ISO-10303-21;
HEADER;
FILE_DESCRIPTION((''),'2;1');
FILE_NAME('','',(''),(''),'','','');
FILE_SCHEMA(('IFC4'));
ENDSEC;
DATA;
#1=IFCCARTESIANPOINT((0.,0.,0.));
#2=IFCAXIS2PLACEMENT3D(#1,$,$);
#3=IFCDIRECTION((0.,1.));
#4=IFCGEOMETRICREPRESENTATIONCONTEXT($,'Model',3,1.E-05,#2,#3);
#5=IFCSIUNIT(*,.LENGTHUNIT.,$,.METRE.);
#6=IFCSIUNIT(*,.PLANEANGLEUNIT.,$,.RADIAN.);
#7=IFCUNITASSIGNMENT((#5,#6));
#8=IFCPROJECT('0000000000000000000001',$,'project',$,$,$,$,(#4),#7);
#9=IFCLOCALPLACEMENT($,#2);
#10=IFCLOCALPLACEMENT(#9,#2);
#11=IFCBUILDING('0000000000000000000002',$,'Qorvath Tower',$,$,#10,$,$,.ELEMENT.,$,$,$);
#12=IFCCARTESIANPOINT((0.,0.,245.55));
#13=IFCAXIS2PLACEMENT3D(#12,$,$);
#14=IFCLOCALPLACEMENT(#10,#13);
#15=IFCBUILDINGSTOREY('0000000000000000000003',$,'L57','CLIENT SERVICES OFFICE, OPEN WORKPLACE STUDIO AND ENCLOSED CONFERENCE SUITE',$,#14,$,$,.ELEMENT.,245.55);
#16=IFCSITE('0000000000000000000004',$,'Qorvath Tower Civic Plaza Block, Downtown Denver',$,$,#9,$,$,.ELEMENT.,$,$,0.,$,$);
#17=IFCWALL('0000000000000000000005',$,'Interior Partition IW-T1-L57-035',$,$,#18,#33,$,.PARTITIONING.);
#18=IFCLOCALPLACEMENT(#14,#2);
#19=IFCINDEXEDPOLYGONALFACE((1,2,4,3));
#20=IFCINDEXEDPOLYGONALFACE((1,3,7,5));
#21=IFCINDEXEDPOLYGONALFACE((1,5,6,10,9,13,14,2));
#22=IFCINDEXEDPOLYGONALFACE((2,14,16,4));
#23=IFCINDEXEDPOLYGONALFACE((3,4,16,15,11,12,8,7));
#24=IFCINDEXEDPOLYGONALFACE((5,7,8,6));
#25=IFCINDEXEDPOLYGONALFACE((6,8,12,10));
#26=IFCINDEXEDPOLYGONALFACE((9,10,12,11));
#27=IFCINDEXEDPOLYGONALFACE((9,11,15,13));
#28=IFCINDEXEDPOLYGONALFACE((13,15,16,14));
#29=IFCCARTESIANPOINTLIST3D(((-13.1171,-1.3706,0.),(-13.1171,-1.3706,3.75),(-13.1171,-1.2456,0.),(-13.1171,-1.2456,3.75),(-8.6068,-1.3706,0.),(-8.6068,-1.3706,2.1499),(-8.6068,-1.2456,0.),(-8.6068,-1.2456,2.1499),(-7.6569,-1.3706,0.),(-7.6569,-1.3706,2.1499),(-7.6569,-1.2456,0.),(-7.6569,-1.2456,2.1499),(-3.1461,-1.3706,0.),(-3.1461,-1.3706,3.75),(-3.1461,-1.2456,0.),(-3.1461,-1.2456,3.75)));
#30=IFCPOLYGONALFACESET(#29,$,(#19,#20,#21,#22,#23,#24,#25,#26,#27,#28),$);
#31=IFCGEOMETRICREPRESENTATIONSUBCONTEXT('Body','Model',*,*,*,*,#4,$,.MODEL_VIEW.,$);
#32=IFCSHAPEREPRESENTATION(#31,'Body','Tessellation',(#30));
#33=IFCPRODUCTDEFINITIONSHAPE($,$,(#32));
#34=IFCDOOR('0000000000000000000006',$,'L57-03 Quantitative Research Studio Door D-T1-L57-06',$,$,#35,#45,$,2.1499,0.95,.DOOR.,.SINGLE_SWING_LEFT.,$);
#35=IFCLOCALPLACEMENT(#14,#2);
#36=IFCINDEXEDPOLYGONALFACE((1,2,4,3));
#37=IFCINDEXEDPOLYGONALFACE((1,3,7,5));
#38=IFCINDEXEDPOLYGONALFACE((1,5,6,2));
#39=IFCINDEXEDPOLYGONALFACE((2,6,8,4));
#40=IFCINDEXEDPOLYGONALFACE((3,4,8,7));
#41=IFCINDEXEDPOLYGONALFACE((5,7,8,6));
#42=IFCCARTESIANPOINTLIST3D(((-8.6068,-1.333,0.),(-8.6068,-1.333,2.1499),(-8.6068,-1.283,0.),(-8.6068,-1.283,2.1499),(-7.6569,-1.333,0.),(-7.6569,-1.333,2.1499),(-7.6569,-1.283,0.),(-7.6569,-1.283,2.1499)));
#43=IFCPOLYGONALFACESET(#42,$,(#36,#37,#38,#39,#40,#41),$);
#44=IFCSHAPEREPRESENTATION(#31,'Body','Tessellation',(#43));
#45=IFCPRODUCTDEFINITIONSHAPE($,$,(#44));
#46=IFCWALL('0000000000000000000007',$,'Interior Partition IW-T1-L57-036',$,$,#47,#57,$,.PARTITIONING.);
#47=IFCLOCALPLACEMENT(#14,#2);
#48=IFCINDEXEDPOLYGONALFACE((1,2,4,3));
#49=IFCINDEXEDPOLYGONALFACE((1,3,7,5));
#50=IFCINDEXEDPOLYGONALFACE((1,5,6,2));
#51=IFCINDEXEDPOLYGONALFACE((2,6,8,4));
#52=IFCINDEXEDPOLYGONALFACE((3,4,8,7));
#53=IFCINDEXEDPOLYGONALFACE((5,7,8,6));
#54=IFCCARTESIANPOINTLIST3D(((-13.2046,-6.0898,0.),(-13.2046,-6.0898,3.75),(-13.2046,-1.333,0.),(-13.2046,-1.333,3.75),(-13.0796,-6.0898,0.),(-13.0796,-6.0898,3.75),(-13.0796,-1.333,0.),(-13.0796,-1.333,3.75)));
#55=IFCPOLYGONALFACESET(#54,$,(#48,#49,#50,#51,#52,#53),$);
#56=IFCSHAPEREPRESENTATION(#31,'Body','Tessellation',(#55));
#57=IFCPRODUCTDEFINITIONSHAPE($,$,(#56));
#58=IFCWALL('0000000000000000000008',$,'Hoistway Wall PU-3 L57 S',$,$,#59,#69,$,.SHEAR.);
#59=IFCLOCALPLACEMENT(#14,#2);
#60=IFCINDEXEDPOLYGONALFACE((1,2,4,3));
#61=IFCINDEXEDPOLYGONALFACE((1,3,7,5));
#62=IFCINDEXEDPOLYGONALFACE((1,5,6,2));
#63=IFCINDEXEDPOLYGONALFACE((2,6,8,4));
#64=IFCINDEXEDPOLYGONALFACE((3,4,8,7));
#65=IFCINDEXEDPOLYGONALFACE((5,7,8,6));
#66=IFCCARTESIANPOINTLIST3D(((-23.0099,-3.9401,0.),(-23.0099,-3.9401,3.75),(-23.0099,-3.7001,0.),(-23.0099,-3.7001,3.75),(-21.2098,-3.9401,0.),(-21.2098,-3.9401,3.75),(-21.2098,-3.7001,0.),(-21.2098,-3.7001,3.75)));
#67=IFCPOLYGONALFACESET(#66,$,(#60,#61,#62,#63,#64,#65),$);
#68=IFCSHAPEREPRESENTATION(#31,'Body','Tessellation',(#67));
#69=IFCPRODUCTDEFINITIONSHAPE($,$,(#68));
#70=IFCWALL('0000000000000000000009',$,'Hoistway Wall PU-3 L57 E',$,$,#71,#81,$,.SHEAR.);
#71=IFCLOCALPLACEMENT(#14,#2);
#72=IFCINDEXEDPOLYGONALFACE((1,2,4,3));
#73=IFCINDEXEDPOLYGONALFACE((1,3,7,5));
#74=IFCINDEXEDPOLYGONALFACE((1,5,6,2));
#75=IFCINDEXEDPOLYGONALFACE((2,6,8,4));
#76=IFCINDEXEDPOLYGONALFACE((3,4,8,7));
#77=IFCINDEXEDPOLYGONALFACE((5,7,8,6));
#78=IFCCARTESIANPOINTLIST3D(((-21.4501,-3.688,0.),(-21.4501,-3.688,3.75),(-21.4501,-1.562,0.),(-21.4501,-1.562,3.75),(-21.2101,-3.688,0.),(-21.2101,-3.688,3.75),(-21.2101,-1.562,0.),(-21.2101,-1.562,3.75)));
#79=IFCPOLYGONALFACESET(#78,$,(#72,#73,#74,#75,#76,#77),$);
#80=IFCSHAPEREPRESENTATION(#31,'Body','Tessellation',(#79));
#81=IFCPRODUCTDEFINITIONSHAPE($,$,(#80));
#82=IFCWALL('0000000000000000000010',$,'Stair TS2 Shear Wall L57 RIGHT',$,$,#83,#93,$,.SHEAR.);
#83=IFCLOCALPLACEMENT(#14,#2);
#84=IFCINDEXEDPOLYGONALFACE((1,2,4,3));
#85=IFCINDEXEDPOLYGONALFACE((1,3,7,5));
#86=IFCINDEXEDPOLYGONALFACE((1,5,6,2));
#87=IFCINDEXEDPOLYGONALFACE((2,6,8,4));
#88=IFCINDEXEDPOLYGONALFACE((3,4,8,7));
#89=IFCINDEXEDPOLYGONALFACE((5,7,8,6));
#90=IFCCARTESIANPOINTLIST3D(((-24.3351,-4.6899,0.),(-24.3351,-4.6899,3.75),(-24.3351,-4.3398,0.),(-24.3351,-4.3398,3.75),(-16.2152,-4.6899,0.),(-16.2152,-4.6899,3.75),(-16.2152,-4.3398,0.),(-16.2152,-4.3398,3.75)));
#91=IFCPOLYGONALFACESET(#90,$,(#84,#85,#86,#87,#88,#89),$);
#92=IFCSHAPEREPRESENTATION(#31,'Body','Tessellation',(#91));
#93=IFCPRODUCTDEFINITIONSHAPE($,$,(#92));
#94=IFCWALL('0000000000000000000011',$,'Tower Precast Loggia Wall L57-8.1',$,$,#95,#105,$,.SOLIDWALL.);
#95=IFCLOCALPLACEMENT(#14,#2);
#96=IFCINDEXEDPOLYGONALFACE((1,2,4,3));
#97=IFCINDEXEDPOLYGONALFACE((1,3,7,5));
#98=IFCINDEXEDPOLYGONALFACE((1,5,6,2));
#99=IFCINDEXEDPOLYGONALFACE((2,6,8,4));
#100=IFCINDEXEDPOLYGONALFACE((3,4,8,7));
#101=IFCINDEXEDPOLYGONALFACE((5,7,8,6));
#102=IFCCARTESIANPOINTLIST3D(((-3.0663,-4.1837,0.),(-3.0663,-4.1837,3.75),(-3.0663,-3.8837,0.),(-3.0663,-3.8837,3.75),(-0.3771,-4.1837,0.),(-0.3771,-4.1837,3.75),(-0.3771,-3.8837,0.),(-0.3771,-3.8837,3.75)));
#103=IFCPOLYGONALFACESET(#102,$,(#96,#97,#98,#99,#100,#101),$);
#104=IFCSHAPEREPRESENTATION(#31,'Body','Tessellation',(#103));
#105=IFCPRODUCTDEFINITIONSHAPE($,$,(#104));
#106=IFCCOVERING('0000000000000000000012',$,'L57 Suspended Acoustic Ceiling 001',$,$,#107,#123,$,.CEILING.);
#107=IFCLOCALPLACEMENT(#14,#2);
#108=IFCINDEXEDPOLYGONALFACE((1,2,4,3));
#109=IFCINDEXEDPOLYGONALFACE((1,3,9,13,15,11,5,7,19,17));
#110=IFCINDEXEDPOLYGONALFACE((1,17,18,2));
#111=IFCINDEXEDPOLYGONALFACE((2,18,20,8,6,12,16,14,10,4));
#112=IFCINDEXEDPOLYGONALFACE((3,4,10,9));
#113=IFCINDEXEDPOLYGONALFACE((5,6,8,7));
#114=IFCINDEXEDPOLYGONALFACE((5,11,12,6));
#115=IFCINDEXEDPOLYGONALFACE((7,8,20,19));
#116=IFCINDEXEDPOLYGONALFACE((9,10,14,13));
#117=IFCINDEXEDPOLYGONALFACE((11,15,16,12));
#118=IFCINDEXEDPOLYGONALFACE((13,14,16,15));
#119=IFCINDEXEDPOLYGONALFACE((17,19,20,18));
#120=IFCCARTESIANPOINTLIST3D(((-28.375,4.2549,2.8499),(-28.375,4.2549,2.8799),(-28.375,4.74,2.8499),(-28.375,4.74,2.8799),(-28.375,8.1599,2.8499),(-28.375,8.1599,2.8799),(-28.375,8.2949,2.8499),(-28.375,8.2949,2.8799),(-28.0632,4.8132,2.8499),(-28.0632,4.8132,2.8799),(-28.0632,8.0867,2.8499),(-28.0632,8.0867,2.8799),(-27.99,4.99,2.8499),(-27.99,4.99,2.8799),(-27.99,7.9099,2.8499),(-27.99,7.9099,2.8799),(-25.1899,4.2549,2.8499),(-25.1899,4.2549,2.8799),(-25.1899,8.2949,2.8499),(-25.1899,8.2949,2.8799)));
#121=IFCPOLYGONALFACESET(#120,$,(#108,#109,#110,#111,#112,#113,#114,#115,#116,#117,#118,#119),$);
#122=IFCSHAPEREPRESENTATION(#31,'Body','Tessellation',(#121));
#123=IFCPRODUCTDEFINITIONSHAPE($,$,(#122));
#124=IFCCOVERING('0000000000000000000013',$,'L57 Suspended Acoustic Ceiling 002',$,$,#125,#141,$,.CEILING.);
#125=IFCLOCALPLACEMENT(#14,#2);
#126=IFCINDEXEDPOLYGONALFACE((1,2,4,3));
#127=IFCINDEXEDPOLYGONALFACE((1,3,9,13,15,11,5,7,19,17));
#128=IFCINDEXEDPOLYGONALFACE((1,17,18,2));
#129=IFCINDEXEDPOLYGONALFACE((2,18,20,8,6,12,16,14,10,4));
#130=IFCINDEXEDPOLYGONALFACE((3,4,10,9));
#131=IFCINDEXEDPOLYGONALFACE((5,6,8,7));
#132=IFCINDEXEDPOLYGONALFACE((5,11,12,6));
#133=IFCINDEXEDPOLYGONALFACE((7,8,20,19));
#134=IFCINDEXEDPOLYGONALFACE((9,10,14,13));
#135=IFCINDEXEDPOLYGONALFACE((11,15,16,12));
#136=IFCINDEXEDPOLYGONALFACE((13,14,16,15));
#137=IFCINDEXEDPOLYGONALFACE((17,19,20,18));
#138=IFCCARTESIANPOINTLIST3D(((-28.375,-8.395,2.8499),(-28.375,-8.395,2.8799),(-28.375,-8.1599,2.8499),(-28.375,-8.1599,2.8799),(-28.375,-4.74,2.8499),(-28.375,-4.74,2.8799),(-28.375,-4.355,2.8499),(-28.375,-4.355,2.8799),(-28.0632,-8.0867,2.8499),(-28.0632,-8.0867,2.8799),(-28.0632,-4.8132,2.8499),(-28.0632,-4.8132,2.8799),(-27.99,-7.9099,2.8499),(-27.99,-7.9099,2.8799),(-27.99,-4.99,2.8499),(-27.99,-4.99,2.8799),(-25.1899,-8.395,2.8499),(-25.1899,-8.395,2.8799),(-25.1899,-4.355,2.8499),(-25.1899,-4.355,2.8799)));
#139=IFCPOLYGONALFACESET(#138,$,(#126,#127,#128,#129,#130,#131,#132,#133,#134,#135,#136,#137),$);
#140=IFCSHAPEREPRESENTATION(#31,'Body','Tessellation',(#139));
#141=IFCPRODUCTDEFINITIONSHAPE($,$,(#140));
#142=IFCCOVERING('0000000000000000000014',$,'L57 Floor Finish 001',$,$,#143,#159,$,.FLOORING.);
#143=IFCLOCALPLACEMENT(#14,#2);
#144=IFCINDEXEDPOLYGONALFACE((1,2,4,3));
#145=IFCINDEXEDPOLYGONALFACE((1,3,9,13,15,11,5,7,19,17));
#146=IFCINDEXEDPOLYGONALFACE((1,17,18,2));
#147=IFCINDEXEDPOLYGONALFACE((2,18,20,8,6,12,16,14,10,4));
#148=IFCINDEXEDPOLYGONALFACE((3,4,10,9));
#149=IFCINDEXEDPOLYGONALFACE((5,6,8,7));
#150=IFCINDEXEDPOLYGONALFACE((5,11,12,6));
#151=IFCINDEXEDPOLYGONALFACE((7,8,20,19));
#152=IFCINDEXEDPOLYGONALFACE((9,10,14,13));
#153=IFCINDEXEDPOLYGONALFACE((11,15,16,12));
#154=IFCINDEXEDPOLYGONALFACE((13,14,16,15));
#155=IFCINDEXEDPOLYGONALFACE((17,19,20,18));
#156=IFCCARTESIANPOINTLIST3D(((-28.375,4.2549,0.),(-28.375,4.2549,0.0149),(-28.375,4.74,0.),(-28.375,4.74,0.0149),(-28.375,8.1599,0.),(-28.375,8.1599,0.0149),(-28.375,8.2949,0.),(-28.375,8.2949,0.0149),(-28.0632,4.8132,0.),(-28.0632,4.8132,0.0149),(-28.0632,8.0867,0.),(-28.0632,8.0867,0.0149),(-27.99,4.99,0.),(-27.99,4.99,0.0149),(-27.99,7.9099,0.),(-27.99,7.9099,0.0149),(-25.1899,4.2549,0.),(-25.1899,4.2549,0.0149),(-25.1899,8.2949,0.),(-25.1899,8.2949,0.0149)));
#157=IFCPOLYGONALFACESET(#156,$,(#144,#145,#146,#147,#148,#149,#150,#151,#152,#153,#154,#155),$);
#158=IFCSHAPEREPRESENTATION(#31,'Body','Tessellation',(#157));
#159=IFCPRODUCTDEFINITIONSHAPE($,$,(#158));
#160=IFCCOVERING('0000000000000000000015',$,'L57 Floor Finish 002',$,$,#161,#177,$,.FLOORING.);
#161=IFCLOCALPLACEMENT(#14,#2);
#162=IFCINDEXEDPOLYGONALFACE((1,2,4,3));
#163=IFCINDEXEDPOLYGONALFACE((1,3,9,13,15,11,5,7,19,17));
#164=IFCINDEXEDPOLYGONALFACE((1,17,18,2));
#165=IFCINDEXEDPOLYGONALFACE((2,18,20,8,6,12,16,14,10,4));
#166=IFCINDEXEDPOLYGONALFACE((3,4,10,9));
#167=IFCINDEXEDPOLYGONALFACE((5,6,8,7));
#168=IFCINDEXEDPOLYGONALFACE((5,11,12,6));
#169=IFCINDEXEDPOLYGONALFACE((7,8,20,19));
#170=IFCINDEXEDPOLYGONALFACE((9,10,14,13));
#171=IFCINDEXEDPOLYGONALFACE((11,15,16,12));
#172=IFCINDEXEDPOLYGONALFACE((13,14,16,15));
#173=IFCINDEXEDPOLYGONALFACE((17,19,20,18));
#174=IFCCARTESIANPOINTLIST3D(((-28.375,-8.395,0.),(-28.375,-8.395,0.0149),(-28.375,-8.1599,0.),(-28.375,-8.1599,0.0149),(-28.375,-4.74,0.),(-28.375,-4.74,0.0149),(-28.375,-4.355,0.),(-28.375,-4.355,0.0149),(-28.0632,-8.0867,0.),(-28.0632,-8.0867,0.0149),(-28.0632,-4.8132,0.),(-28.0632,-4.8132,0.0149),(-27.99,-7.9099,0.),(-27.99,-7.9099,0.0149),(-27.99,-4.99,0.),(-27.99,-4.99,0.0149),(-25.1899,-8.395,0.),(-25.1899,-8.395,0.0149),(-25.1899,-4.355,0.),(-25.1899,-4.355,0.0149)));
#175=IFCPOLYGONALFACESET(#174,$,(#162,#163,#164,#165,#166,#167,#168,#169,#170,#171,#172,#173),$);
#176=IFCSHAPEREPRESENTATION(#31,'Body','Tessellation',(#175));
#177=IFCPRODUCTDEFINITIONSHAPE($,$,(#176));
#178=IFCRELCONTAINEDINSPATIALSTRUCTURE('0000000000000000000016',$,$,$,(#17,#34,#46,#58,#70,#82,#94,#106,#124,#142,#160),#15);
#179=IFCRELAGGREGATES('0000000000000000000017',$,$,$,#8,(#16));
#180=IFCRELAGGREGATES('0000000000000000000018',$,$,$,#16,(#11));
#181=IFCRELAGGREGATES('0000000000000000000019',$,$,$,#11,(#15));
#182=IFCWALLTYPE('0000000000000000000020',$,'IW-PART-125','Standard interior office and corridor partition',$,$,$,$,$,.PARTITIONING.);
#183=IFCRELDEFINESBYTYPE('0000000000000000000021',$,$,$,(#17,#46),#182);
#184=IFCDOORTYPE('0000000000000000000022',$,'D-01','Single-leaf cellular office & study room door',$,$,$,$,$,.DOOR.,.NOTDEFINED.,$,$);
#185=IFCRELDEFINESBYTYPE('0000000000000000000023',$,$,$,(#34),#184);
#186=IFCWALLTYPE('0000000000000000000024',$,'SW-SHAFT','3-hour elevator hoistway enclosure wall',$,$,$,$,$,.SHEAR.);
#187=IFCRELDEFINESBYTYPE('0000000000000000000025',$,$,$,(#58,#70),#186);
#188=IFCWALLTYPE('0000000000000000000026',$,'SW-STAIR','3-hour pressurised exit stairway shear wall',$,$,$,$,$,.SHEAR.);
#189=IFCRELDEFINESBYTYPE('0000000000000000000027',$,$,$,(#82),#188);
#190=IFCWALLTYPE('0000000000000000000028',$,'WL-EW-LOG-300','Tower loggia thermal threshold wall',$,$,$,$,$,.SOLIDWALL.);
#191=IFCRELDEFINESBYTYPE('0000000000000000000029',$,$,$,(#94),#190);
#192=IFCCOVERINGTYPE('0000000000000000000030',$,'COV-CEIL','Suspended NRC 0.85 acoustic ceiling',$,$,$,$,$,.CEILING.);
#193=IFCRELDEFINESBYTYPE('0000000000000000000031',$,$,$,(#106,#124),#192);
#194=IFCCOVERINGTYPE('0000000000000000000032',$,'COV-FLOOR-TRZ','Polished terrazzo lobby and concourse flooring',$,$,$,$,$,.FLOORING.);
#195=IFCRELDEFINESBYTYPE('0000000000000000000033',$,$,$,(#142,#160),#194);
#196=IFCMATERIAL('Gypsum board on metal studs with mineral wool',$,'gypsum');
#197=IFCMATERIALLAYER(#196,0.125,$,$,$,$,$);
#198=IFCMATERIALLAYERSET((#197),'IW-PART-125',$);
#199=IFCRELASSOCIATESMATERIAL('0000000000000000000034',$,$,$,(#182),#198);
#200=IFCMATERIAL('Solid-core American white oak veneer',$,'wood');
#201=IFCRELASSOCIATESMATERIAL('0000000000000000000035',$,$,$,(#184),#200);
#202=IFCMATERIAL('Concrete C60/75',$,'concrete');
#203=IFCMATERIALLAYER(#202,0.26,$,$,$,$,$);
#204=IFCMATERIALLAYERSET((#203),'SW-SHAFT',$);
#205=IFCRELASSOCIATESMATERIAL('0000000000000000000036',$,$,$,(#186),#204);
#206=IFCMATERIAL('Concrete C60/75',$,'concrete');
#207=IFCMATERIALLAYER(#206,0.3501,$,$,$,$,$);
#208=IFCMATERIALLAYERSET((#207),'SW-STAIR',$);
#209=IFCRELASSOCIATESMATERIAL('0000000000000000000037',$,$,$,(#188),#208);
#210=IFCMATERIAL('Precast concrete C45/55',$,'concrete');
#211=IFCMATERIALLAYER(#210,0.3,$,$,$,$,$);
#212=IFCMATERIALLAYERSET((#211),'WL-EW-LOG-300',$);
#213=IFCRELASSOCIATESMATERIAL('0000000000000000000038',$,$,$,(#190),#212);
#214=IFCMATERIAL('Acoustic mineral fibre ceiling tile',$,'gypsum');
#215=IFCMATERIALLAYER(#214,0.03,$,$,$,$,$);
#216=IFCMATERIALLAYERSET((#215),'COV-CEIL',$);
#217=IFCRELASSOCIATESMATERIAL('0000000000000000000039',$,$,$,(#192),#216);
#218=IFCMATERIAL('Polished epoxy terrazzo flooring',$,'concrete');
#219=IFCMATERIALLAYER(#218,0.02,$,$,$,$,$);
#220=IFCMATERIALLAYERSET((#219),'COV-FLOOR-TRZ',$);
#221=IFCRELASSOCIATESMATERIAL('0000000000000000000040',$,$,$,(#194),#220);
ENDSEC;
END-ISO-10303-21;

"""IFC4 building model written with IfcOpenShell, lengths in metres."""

from ifc_helpers import new_model, si_unit, direction, frame, frame_2d, origin, place, context, subcontext, project, spatial, polyline, rectangle, outline, extrude, material, layer, layer_set, type_object, element, fill, save


model = new_model("IFC4")

# Units and contexts
model_context = context("Model", 3, precision=1e-05, world=origin(), true_north=direction((0.0, 1.0)))
body_context = subcontext(model_context, "Body", "Model", "MODEL_VIEW")
ifc_project = project(units=[si_unit("LENGTHUNIT", "METRE"), si_unit("PLANEANGLEUNIT", "RADIAN")], contexts=[model_context])

# Site, building, storey
site_placement = place(None, origin())
site = spatial("IfcSite", under=ifc_project, at=site_placement, Name="Qorvath Tower Civic Plaza Block, Downtown Denver", CompositionType="ELEMENT", RefElevation=0.0)
building_placement = place(site_placement, origin())
building = spatial("IfcBuilding", under=site, at=building_placement, Name="Qorvath Tower", CompositionType="ELEMENT")
storey_placement = place(building_placement, frame((0.0, 0.0, 245.55)))
storey = spatial("IfcBuildingStorey", under=building, at=storey_placement, Name="L57", Description="CLIENT SERVICES OFFICE, OPEN WORKPLACE STUDIO AND ENCLOSED CONFERENCE SUITE", CompositionType="ELEMENT", Elevation=245.55)

# Shared definitions
ifc_material_1 = material(Name="Gypsum board on metal studs with mineral wool", Category="gypsum")
ifc_layer_1 = layer(ifc_material_1, 0.125)
ifc_layer_set_1 = layer_set([ifc_layer_1], Name="IW-PART-125")
wall_type_1 = type_object("IfcWallType", Name="IW-PART-125", Description="Standard interior office and corridor partition", PredefinedType="PARTITIONING", material=ifc_layer_set_1)

# Wall, opening, door
ifc_material_2 = material(Name="Solid-core American white oak veneer", Category="wood")
door_type = type_object("IfcDoorType", Name="D-01", Description="Single-leaf cellular office & study room door", OperationType="NOTDEFINED", PredefinedType="DOOR", material=ifc_material_2)
wall_1_placement = place(storey_placement, frame((-3.1462, -1.3081, 0.0), z_axis=(0.0, 0.0, 1.0), x_axis=(-1.0, 0.0, 0.0)))
wall_1 = element("IfcWall", 1, at=wall_1_placement, inside=storey, type_object=wall_type_1, Name="Interior Partition IW-T1-L57-035", PredefinedType="PARTITIONING", context=body_context, shape_type="SweptSolid", body=[
    extrude(rectangle(XDim=9.9709, YDim=0.125, at=frame_2d((4.9854, 0.0))), origin(), (0.0, 0.0, 1.0), 3.75),
])
opening_1_placement = place(wall_1_placement, frame((4.5105, 0.0, 0.0)))
opening_1 = element("IfcOpeningElement", 2, at=opening_1_placement, cuts=wall_1, PredefinedType="OPENING", context=body_context, shape_type="SweptSolid", body=[
    extrude(rectangle(XDim=0.95, YDim=2.1499, at=frame_2d((0.4751, 1.075))), frame((0.0, 0.0725, 0.0), z_axis=(0.0, -1.0, 0.0), x_axis=(1.0, 0.0, 0.0)), (0.0, 0.0, 1.0), 0.145),
])
door_1_placement = place(opening_1_placement, origin())
door_1 = element("IfcDoor", 3, at=door_1_placement, inside=storey, type_object=door_type, Name="L57-03 Quantitative Research Studio Door D-T1-L57-06", OperationType="SINGLE_SWING_LEFT", OverallHeight=2.1499, OverallWidth=0.95, PredefinedType="DOOR", context=body_context, shape_type="SweptSolid", body=[
    extrude(rectangle(XDim=0.95, YDim=2.1499, at=frame_2d((0.4751, 1.075))), frame((0.0, 0.0249, 0.0), z_axis=(0.0, -1.0, 0.0), x_axis=(1.0, 0.0, 0.0)), (0.0, 0.0, 1.0), 0.05),
])
fill(opening_1, door_1)

# Walls
wall_2_placement = place(storey_placement, frame((-13.1421, -1.333, 0.0), z_axis=(0.0, 0.0, 1.0), x_axis=(0.0, -1.0, 0.0)))
element("IfcWall", 4, at=wall_2_placement, inside=storey, type_object=wall_type_1, Name="Interior Partition IW-T1-L57-036", PredefinedType="PARTITIONING", context=body_context, shape_type="SweptSolid", body=[
    extrude(rectangle(XDim=4.7568, YDim=0.125, at=frame_2d((2.3784, 0.0))), origin(), (0.0, 0.0, 1.0), 3.75),
])
ifc_material_3 = material(Name="Concrete C60/75", Category="concrete")
ifc_layer_2 = layer(ifc_material_3, 0.26)
ifc_layer_set_2 = layer_set([ifc_layer_2], Name="SW-SHAFT")
wall_type_2 = type_object("IfcWallType", Name="SW-SHAFT", Description="3-hour elevator hoistway enclosure wall", PredefinedType="SHEAR", material=ifc_layer_set_2)
wall_3_placement = place(storey_placement, frame((-21.21, -3.8201, 0.0), z_axis=(0.0, 0.0, 1.0), x_axis=(-1.0, 0.0, 0.0)))
element("IfcWall", 5, at=wall_3_placement, inside=storey, type_object=wall_type_2, Name="Hoistway Wall PU-3 L57 S", PredefinedType="SHEAR", context=body_context, shape_type="SweptSolid", body=[
    extrude(rectangle(XDim=1.8, YDim=0.24, at=frame_2d((0.8999, 0.0))), origin(), (0.0, 0.0, 1.0), 3.75),
])
wall_4_placement = place(storey_placement, frame((-21.3301, -1.562, 0.0), z_axis=(0.0, 0.0, 1.0), x_axis=(0.0, -1.0, 0.0)))
element("IfcWall", 6, at=wall_4_placement, inside=storey, type_object=wall_type_2, Name="Hoistway Wall PU-3 L57 E", PredefinedType="SHEAR", context=body_context, shape_type="SweptSolid", body=[
    extrude(rectangle(XDim=2.126, YDim=0.24, at=frame_2d((1.063, 0.0))), origin(), (0.0, 0.0, 1.0), 3.75),
])
ifc_material_4 = material(Name="Concrete C60/75", Category="concrete")
ifc_layer_3 = layer(ifc_material_4, 0.3501)
ifc_layer_set_3 = layer_set([ifc_layer_3], Name="SW-STAIR")
wall_type_3 = type_object("IfcWallType", Name="SW-STAIR", Description="3-hour pressurised exit stairway shear wall", PredefinedType="SHEAR", material=ifc_layer_set_3)
wall_5_placement = place(storey_placement, frame((-16.2151, -4.5149, 0.0), z_axis=(0.0, 0.0, 1.0), x_axis=(-1.0, 0.0, 0.0)))
element("IfcWall", 7, at=wall_5_placement, inside=storey, type_object=wall_type_3, Name="Stair TS2 Shear Wall L57 RIGHT", PredefinedType="SHEAR", context=body_context, shape_type="SweptSolid", body=[
    extrude(rectangle(XDim=8.1199, YDim=0.3501, at=frame_2d((4.0601, 0.0))), origin(), (0.0, 0.0, 1.0), 3.75),
])
ifc_material_5 = material(Name="Precast concrete C45/55", Category="concrete")
ifc_layer_4 = layer(ifc_material_5, 0.3)
ifc_layer_set_4 = layer_set([ifc_layer_4], Name="WL-EW-LOG-300")
wall_type_4 = type_object("IfcWallType", Name="WL-EW-LOG-300", Description="Tower loggia thermal threshold wall", PredefinedType="SOLIDWALL", material=ifc_layer_set_4)
wall_6_placement = place(storey_placement, frame((-0.377, -4.0337, 0.0), z_axis=(0.0, 0.0, 1.0), x_axis=(-1.0, 0.0, 0.0)))
element("IfcWall", 8, at=wall_6_placement, inside=storey, type_object=wall_type_4, Name="Tower Precast Loggia Wall L57-8.1", PredefinedType="SOLIDWALL", context=body_context, shape_type="SweptSolid", body=[
    extrude(rectangle(XDim=2.6892, YDim=0.3, at=frame_2d((1.3447, 0.0))), origin(), (0.0, 0.0, 1.0), 3.75),
])

# Coverings
ifc_material_6 = material(Name="Acoustic mineral fibre ceiling tile", Category="gypsum")
ifc_layer_5 = layer(ifc_material_6, 0.03)
ifc_layer_set_5 = layer_set([ifc_layer_5], Name="COV-CEIL")
covering_type_1 = type_object("IfcCoveringType", Name="COV-CEIL", Description="Suspended NRC 0.85 acoustic ceiling", PredefinedType="CEILING", material=ifc_layer_set_5)
covering_1_placement = place(storey_placement, frame((0.0, 0.0, 2.8499)))
element("IfcCovering", 9, at=covering_1_placement, inside=storey, type_object=covering_type_1, Name="L57 Suspended Acoustic Ceiling 001", PredefinedType="CEILING", context=body_context, shape_type="SweptSolid", body=[
    extrude(outline(polyline([(-25.1899, 4.2549), (-25.1899, 8.2949), (-28.375, 8.2949), (-28.375, 8.1599), (-28.0632, 8.0867), (-27.99, 7.9099), (-27.99, 4.99), (-28.0632, 4.8132), (-28.375, 4.74), (-28.375, 4.2549), (-25.1899, 4.2549)])), origin(), (0.0, 0.0, 1.0), 0.03),
])
covering_2_placement = place(storey_placement, frame((0.0, 0.0, 2.8499)))
element("IfcCovering", 10, at=covering_2_placement, inside=storey, type_object=covering_type_1, Name="L57 Suspended Acoustic Ceiling 002", PredefinedType="CEILING", context=body_context, shape_type="SweptSolid", body=[
    extrude(outline(polyline([(-25.1899, -8.395), (-25.1899, -4.355), (-28.375, -4.355), (-28.375, -4.74), (-28.0632, -4.8132), (-27.99, -4.99), (-27.99, -7.9099), (-28.0632, -8.0867), (-28.375, -8.1599), (-28.375, -8.395), (-25.1899, -8.395)])), origin(), (0.0, 0.0, 1.0), 0.03),
])
ifc_material_7 = material(Name="Polished epoxy terrazzo flooring", Category="concrete")
ifc_layer_6 = layer(ifc_material_7, 0.02)
ifc_layer_set_6 = layer_set([ifc_layer_6], Name="COV-FLOOR-TRZ")
covering_type_2 = type_object("IfcCoveringType", Name="COV-FLOOR-TRZ", Description="Polished terrazzo lobby and concourse flooring", PredefinedType="FLOORING", material=ifc_layer_set_6)
covering_3_placement = place(storey_placement, origin())
element("IfcCovering", 11, at=covering_3_placement, inside=storey, type_object=covering_type_2, Name="L57 Floor Finish 001", PredefinedType="FLOORING", context=body_context, shape_type="SweptSolid", body=[
    extrude(outline(polyline([(-25.1899, 4.2549), (-25.1899, 8.2949), (-28.375, 8.2949), (-28.375, 8.1599), (-28.0632, 8.0867), (-27.99, 7.9099), (-27.99, 4.99), (-28.0632, 4.8132), (-28.375, 4.74), (-28.375, 4.2549), (-25.1899, 4.2549)])), origin(), (0.0, 0.0, 1.0), 0.0149),
])
covering_4_placement = place(storey_placement, origin())
element("IfcCovering", 12, at=covering_4_placement, inside=storey, type_object=covering_type_2, Name="L57 Floor Finish 002", PredefinedType="FLOORING", context=body_context, shape_type="SweptSolid", body=[
    extrude(outline(polyline([(-25.1899, -8.395), (-25.1899, -4.355), (-28.375, -4.355), (-28.375, -4.74), (-28.0632, -4.8132), (-27.99, -4.99), (-27.99, -7.9099), (-28.0632, -8.0867), (-28.375, -8.1599), (-28.375, -8.395), (-25.1899, -8.395)])), origin(), (0.0, 0.0, 1.0), 0.0149),
])

save(model, "model.ifc")
